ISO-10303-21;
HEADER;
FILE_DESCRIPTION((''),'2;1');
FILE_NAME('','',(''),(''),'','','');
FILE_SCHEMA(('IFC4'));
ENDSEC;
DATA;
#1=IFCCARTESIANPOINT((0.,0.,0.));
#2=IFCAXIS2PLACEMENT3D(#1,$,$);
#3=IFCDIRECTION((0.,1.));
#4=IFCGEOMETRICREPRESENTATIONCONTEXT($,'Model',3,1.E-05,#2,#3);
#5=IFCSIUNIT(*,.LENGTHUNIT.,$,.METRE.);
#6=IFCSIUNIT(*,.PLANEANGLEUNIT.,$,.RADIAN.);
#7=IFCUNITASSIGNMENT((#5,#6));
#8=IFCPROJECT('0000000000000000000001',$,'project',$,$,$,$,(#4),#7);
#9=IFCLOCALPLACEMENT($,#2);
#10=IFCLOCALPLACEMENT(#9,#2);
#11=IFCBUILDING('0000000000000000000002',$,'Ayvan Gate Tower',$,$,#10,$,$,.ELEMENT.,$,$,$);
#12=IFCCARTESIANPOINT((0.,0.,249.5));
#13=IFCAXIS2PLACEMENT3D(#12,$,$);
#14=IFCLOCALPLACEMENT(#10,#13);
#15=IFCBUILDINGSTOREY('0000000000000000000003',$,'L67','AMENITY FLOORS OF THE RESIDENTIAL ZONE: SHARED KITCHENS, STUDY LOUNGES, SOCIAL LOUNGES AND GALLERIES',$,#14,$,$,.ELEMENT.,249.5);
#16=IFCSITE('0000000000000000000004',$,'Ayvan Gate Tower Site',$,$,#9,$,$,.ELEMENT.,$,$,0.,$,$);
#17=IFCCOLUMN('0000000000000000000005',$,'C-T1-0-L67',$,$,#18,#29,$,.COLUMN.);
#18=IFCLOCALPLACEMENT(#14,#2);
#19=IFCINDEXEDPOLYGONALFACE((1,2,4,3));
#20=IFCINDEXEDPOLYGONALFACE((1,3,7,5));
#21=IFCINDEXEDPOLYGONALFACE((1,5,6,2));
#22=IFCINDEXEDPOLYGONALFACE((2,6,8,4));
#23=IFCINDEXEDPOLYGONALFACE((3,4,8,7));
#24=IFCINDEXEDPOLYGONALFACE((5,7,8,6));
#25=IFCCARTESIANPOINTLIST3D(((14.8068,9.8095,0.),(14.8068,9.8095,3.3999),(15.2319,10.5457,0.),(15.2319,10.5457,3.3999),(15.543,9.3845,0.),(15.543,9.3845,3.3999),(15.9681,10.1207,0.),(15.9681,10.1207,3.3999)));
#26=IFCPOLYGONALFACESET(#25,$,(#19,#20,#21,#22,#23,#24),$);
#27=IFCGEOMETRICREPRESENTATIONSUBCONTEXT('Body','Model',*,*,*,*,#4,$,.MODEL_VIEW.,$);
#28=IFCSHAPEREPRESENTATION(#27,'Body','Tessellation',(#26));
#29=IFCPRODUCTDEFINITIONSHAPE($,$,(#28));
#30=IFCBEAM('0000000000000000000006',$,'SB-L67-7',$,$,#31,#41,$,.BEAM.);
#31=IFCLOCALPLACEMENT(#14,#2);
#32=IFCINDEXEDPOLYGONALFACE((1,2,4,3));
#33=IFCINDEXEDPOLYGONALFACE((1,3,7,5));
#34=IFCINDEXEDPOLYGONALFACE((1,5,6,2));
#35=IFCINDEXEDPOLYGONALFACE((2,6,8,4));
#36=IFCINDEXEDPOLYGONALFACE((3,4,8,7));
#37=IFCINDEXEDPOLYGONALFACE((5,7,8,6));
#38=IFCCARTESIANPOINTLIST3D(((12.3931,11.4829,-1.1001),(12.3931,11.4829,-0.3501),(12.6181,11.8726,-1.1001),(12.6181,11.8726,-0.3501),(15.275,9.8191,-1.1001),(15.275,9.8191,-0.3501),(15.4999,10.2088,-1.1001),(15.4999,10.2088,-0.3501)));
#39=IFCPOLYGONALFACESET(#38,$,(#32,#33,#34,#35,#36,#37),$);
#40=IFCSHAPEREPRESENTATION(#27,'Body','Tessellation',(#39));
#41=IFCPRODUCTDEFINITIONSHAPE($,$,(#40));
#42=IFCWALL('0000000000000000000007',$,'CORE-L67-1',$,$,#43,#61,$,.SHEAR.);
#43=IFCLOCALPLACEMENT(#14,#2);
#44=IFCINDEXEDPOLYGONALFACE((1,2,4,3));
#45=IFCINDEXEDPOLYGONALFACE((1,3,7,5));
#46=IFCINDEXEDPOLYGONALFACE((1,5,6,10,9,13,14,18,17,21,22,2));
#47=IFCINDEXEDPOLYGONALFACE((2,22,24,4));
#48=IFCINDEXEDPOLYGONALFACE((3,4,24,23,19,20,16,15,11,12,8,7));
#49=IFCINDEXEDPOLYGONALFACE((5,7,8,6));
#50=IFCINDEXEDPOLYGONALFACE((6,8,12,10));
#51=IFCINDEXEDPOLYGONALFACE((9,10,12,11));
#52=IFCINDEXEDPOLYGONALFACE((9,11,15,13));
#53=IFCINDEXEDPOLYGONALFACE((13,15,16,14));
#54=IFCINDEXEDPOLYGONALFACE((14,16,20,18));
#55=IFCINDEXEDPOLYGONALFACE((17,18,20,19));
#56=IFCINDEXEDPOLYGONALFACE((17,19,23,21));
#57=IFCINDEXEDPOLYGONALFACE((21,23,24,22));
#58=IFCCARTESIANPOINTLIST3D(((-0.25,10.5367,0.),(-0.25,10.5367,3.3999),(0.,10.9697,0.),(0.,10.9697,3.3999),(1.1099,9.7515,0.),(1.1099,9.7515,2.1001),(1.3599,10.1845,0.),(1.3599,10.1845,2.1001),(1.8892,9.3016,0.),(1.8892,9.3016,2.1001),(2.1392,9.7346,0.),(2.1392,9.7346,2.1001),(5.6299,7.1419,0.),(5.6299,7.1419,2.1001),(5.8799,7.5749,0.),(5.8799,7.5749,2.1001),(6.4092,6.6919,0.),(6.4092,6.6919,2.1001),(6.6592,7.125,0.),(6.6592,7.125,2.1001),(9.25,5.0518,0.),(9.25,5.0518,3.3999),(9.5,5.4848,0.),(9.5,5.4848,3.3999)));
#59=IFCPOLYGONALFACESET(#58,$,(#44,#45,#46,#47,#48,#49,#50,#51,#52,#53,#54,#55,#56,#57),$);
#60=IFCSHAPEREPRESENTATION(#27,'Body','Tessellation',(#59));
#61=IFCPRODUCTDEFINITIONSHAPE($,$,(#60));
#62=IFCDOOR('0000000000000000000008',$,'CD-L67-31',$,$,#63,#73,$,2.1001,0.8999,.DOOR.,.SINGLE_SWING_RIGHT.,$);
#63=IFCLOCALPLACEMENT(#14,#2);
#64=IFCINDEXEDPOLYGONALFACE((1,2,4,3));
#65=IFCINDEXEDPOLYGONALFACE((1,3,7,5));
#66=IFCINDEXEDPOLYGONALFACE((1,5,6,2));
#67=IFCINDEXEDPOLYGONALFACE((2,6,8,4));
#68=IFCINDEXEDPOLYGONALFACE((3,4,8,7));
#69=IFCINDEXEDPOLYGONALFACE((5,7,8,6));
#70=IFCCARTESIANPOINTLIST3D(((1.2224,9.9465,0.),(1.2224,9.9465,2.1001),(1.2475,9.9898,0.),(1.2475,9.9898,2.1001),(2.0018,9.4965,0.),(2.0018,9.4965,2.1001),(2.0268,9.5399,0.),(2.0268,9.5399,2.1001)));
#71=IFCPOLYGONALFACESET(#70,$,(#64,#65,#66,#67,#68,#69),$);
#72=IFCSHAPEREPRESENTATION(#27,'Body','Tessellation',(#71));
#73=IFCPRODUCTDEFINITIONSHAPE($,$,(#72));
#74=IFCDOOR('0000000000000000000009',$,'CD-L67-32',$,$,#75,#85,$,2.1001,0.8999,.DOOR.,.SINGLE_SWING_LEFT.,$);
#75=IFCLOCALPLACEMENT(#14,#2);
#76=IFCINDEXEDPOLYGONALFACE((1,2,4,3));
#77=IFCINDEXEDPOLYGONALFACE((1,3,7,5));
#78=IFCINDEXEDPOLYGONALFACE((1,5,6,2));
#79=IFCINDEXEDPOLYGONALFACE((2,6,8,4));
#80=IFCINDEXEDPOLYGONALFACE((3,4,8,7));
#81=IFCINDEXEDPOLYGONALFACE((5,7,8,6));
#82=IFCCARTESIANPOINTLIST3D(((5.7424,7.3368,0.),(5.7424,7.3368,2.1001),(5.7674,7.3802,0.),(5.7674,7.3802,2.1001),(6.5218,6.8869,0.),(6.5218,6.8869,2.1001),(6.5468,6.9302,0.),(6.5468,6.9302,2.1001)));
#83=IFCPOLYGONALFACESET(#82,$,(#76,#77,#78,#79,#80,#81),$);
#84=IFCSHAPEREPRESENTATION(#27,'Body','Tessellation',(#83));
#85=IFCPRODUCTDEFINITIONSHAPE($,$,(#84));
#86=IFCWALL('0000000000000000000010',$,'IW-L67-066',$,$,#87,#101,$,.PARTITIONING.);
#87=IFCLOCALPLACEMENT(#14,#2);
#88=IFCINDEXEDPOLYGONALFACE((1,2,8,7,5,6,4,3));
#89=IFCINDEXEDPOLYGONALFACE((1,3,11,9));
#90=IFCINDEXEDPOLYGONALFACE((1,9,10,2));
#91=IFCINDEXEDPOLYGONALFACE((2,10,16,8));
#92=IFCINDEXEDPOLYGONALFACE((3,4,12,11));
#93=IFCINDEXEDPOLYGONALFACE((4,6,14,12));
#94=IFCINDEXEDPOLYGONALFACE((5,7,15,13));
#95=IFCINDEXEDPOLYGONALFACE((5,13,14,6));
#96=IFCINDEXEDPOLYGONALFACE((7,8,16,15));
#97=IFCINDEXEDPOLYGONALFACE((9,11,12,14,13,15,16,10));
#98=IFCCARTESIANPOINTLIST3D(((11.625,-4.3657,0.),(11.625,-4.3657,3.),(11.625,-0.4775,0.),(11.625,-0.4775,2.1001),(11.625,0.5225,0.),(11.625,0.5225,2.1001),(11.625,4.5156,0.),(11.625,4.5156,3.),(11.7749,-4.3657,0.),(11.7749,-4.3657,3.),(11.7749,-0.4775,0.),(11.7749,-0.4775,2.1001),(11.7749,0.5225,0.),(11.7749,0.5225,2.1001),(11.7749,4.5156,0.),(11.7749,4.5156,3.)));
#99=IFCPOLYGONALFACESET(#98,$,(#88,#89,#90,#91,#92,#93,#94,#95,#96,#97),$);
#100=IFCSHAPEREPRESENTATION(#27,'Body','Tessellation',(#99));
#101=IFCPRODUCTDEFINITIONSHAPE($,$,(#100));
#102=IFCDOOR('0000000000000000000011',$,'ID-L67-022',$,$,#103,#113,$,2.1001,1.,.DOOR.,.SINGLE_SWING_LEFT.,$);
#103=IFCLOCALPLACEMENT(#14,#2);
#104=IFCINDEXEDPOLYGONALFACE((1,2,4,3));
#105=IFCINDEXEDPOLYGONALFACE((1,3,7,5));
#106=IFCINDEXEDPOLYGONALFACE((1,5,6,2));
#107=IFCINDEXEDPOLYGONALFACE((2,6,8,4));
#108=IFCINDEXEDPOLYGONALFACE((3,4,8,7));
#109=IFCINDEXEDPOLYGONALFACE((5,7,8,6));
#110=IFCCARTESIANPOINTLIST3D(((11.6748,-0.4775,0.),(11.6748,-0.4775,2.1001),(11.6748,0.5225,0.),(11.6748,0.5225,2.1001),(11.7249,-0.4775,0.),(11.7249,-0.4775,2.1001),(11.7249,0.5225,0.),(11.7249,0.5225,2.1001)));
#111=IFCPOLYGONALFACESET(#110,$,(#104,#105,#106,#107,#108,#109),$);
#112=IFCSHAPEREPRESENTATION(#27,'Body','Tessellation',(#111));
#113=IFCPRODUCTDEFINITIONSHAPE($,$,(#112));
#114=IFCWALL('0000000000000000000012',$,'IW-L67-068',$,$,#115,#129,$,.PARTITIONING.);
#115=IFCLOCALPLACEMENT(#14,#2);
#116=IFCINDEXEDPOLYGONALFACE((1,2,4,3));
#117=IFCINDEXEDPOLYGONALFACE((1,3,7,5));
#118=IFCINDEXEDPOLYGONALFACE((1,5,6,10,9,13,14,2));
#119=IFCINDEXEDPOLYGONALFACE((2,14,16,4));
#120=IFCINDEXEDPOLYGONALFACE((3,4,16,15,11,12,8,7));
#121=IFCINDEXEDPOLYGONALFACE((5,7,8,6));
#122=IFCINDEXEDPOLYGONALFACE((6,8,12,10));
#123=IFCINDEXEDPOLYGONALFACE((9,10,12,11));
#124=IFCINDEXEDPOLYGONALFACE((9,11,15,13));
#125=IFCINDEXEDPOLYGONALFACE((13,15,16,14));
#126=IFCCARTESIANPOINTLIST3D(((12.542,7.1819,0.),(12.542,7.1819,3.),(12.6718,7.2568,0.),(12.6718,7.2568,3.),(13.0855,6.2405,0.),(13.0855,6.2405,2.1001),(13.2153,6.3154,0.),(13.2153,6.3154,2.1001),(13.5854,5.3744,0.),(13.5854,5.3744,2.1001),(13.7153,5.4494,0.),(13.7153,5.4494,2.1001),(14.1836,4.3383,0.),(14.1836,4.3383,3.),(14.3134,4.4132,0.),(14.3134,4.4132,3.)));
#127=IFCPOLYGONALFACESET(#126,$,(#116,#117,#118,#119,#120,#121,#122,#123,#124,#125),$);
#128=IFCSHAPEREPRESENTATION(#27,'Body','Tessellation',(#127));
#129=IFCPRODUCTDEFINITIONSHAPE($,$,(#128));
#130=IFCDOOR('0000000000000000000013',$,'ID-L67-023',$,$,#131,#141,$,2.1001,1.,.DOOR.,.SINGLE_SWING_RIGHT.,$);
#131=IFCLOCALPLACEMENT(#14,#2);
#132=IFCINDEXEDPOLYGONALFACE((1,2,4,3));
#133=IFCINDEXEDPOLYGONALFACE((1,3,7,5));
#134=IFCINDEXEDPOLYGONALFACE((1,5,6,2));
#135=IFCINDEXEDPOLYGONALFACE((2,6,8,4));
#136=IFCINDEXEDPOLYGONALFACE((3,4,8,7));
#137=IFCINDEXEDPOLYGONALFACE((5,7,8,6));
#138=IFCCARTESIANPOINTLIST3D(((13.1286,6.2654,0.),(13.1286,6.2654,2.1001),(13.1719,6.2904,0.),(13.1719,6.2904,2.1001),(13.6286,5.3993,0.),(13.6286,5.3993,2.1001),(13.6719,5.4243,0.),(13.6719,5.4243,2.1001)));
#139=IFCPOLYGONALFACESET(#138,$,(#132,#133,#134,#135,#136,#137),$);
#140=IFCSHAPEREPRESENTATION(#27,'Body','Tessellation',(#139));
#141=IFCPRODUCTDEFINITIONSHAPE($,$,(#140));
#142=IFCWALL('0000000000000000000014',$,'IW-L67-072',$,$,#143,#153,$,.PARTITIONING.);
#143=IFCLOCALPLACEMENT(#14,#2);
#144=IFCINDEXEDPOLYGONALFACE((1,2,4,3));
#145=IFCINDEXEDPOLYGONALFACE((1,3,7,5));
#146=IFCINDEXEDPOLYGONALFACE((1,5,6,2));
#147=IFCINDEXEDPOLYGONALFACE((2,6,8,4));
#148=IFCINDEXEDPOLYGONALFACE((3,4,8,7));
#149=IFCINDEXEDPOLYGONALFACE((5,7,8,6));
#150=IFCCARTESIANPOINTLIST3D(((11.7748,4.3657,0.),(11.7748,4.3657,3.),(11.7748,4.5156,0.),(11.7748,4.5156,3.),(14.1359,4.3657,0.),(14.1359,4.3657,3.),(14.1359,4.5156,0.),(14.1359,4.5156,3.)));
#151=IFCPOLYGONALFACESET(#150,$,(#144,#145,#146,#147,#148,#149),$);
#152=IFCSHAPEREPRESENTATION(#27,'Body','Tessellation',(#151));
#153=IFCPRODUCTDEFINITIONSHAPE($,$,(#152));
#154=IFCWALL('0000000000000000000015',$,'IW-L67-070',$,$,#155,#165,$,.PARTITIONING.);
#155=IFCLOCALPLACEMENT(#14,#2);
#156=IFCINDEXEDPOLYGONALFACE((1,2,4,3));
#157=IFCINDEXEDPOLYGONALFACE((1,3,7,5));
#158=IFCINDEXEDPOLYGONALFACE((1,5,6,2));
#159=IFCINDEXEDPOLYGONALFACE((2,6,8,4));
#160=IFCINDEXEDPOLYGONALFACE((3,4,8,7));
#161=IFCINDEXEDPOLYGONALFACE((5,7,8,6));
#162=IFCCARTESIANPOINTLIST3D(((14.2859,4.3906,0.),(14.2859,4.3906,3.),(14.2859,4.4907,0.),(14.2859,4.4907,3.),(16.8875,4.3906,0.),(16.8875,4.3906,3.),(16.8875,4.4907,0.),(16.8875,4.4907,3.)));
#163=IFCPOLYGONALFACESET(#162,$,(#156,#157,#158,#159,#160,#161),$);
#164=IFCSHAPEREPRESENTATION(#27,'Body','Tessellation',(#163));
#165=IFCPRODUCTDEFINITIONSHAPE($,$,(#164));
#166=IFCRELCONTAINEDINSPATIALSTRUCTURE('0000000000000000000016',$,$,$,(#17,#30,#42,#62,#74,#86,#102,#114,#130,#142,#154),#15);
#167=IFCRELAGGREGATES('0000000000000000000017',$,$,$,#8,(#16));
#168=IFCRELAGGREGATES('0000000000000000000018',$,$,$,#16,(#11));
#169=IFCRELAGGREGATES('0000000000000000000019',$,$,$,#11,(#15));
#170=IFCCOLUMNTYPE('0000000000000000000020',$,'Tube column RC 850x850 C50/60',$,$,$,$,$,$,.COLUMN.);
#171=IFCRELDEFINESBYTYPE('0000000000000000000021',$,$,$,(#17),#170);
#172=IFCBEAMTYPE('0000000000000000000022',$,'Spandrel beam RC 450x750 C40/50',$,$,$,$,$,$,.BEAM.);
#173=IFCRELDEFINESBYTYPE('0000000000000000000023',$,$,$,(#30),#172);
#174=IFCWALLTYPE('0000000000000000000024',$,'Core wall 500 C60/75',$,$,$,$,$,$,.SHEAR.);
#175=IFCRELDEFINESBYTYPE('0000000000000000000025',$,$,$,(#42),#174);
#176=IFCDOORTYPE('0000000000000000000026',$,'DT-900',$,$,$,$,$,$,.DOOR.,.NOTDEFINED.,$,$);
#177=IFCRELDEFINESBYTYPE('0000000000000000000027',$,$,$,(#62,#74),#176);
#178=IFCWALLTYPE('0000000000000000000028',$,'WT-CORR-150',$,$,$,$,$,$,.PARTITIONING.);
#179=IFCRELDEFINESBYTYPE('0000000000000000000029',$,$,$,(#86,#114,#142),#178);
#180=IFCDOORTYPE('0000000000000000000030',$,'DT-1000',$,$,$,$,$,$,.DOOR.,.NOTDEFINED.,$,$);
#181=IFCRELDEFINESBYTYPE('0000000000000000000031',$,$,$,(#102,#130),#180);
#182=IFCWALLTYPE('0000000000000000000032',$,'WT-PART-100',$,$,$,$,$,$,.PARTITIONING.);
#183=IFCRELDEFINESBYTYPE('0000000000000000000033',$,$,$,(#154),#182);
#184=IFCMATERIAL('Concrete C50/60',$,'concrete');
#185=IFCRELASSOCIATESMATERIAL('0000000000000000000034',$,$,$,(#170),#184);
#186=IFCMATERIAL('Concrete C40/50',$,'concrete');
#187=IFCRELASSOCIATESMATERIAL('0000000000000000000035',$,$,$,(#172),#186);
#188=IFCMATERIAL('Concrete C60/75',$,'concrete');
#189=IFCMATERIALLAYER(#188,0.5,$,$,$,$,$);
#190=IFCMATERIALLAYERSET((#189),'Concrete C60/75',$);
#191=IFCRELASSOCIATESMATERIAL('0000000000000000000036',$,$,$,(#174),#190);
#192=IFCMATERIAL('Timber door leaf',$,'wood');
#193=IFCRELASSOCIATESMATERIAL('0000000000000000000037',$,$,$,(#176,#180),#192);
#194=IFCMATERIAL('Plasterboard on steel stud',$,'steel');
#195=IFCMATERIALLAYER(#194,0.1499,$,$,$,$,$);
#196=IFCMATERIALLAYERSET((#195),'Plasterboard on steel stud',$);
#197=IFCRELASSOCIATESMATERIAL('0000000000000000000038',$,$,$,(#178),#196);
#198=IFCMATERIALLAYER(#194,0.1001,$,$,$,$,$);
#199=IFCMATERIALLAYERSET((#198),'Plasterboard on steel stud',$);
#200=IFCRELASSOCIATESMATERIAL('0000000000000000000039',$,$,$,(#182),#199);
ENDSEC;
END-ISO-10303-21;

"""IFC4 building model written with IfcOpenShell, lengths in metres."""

from ifc_helpers import new_model, si_unit, direction, frame, frame_2d, origin, origin_2d, place, context, subcontext, project, spatial, rectangle, extrude, material, layer, layer_set, material_profile, profile_set, type_object, element, fill, save


model = new_model("IFC4")

# Units and contexts
model_context = context("Model", 3, precision=1e-05, world=origin(), true_north=direction((0.0, 1.0)))
body_context = subcontext(model_context, "Body", "Model", "MODEL_VIEW")
ifc_project = project(units=[si_unit("LENGTHUNIT", "METRE"), si_unit("PLANEANGLEUNIT", "RADIAN")], contexts=[model_context])

# Site, building, storey
site_placement = place(None, origin())
site = spatial("IfcSite", under=ifc_project, at=site_placement, Name="Ayvan Gate Tower Site", CompositionType="ELEMENT", RefElevation=0.0)
building_placement = place(site_placement, origin())
building = spatial("IfcBuilding", under=site, at=building_placement, Name="Ayvan Gate Tower", CompositionType="ELEMENT")
storey_placement = place(building_placement, frame((0.0, 0.0, 249.5)))
storey = spatial("IfcBuildingStorey", under=building, at=storey_placement, Name="L67", Description="AMENITY FLOORS OF THE RESIDENTIAL ZONE: SHARED KITCHENS, STUDY LOUNGES, SOCIAL LOUNGES AND GALLERIES", CompositionType="ELEMENT", Elevation=249.5)

# Column
ifc_material_1 = material(Name="Concrete C50/60", Category="concrete")
ifc_material_profile_1 = material_profile(ifc_material_1, rectangle(XDim=0.8501, YDim=0.8501, at=origin_2d()), Name="RC 850x850")
ifc_profile_set_1 = profile_set([ifc_material_profile_1], Name="Concrete C50/60")
column_type = type_object("IfcColumnType", Name="Tube column RC 850x850 C50/60", PredefinedType="COLUMN", material=ifc_profile_set_1)
column_placement = place(storey_placement, frame((15.3875, 9.9651, 0.0), z_axis=(0.0, 0.0, 1.0), x_axis=(0.5, 0.866025, 0.0)))
element("IfcColumn", 1, at=column_placement, inside=storey, type_object=column_type, Name="C-T1-0-L67", PredefinedType="COLUMN", context=body_context, shape_type="SweptSolid", body=[
    extrude(rectangle(XDim=0.8501, YDim=0.8501, at=origin_2d()), origin(), (0.0, 0.0, 1.0), 3.3999),
])

# Beam
ifc_material_2 = material(Name="Concrete C40/50", Category="concrete")
ifc_material_profile_2 = material_profile(ifc_material_2, rectangle(XDim=0.45, YDim=0.75, at=origin_2d()), Name="RC 450x750")
ifc_profile_set_2 = profile_set([ifc_material_profile_2], Name="Concrete C40/50")
beam_type = type_object("IfcBeamType", Name="Spandrel beam RC 450x750 C40/50", PredefinedType="BEAM", material=ifc_profile_set_2)
beam_placement = place(storey_placement, frame((15.3875, 10.0139, -0.7251), z_axis=(-0.866027, 0.499998, 0.0), x_axis=(-0.499998, -0.866027, 0.0)))
element("IfcBeam", 2, at=beam_placement, inside=storey, type_object=beam_type, Name="SB-L67-7", PredefinedType="BEAM", context=body_context, shape_type="SweptSolid", body=[
    extrude(rectangle(XDim=0.45, YDim=0.75, at=origin_2d()), origin(), (0.0, 0.0, 1.0), 3.3276),
])

# Wall, openings, doors
ifc_material_3 = material(Name="Concrete C60/75", Category="concrete")
ifc_layer_1 = layer(ifc_material_3, 0.5)
ifc_layer_set_1 = layer_set([ifc_layer_1], Name="Concrete C60/75")
wall_type_1 = type_object("IfcWallType", Name="Core wall 500 C60/75", PredefinedType="SHEAR", material=ifc_layer_set_1)
wall_1_placement = place(storey_placement, frame((9.375, 5.2683, 0.0), z_axis=(0.0, 0.0, 1.0), x_axis=(-0.866024, 0.500002, 0.0)))
wall_1 = element("IfcWall", 3, at=wall_1_placement, inside=storey, type_object=wall_type_1, Name="CORE-L67-1", PredefinedType="SHEAR", context=body_context, shape_type="SweptSolid", body=[
    extrude(rectangle(XDim=10.9697, YDim=0.5, at=frame_2d((5.4849, 0.0))), origin(), (0.0, 0.0, 1.0), 3.3999),
])
opening_1_placement = place(wall_1_placement, frame((8.4995, 0.0, 0.0)))
opening_1 = element("IfcOpeningElement", 4, at=opening_1_placement, cuts=wall_1, PredefinedType="OPENING", context=body_context, shape_type="SweptSolid", body=[
    extrude(rectangle(XDim=0.8999, YDim=2.1001, at=frame_2d((0.45, 1.05))), frame((0.0, 0.26, 0.0), z_axis=(0.0, -1.0, 0.0), x_axis=(1.0, 0.0, 0.0)), (0.0, 0.0, 1.0), 0.52),
])
opening_2_placement = place(wall_1_placement, frame((3.2803, 0.0, 0.0)))
opening_2 = element("IfcOpeningElement", 5, at=opening_2_placement, cuts=wall_1, PredefinedType="OPENING", context=body_context, shape_type="SweptSolid", body=[
    extrude(rectangle(XDim=0.8999, YDim=2.1001, at=frame_2d((0.45, 1.05))), frame((0.0, 0.26, 0.0), z_axis=(0.0, -1.0, 0.0), x_axis=(1.0, 0.0, 0.0)), (0.0, 0.0, 1.0), 0.52),
])
ifc_material_4 = material(Name="Timber door leaf", Category="wood")
door_type_1 = type_object("IfcDoorType", Name="DT-900", OperationType="NOTDEFINED", PredefinedType="DOOR", material=ifc_material_4)
door_1_placement = place(opening_1_placement, origin())
door_1 = element("IfcDoor", 6, at=door_1_placement, inside=storey, type_object=door_type_1, Name="CD-L67-31", OperationType="SINGLE_SWING_RIGHT", OverallHeight=2.1001, OverallWidth=0.8999, PredefinedType="DOOR", context=body_context, shape_type="SweptSolid", body=[
    extrude(rectangle(XDim=0.8999, YDim=2.1001, at=frame_2d((0.45, 1.05))), frame((0.0, 0.0249, 0.0), z_axis=(0.0, -1.0, 0.0), x_axis=(1.0, 0.0, 0.0)), (0.0, 0.0, 1.0), 0.05),
])
fill(opening_1, door_1)
door_2_placement = place(opening_2_placement, origin())
door_2 = element("IfcDoor", 7, at=door_2_placement, inside=storey, type_object=door_type_1, Name="CD-L67-32", OperationType="SINGLE_SWING_LEFT", OverallHeight=2.1001, OverallWidth=0.8999, PredefinedType="DOOR", context=body_context, shape_type="SweptSolid", body=[
    extrude(rectangle(XDim=0.8999, YDim=2.1001, at=frame_2d((0.45, 1.05))), frame((0.0, 0.0249, 0.0), z_axis=(0.0, -1.0, 0.0), x_axis=(1.0, 0.0, 0.0)), (0.0, 0.0, 1.0), 0.05),
])
fill(opening_2, door_2)

# Walls, openings, doors
ifc_material_5 = material(Name="Plasterboard on steel stud", Category="steel")
ifc_layer_2 = layer(ifc_material_5, 0.1499)
ifc_layer_set_2 = layer_set([ifc_layer_2], Name="Plasterboard on steel stud")
wall_type_2 = type_object("IfcWallType", Name="WT-CORR-150", PredefinedType="PARTITIONING", material=ifc_layer_set_2)
wall_2_placement = place(storey_placement, frame((11.7, 4.5156, 0.0), z_axis=(0.0, 0.0, 1.0), x_axis=(0.0, -1.0, 0.0)))
wall_2 = element("IfcWall", 8, at=wall_2_placement, inside=storey, type_object=wall_type_2, Name="IW-L67-066", PredefinedType="PARTITIONING", context=body_context, shape_type="SweptSolid", body=[
    extrude(rectangle(XDim=8.8813, YDim=0.1499, at=frame_2d((4.4407, 0.0))), origin(), (0.0, 0.0, 1.0), 3.0),
])
opening_3_placement = place(wall_2_placement, frame((3.9932, 0.0, 0.0)))
opening_3 = element("IfcOpeningElement", 9, at=opening_3_placement, cuts=wall_2, PredefinedType="OPENING", context=body_context, shape_type="SweptSolid", body=[
    extrude(rectangle(XDim=1.0, YDim=2.1001, at=frame_2d((0.5, 1.05))), frame((0.0, 0.085, 0.0), z_axis=(0.0, -1.0, 0.0), x_axis=(1.0, 0.0, 0.0)), (0.0, 0.0, 1.0), 0.1699),
])
door_type_2 = type_object("IfcDoorType", Name="DT-1000", OperationType="NOTDEFINED", PredefinedType="DOOR", material=ifc_material_4)
door_3_placement = place(opening_3_placement, origin())
door_3 = element("IfcDoor", 10, at=door_3_placement, inside=storey, type_object=door_type_2, Name="ID-L67-022", OperationType="SINGLE_SWING_LEFT", OverallHeight=2.1001, OverallWidth=1.0, PredefinedType="DOOR", context=body_context, shape_type="SweptSolid", body=[
    extrude(rectangle(XDim=1.0, YDim=2.1001, at=frame_2d((0.5, 1.05))), frame((0.0, 0.0249, 0.0), z_axis=(0.0, -1.0, 0.0), x_axis=(1.0, 0.0, 0.0)), (0.0, 0.0, 1.0), 0.05),
])
fill(opening_3, door_3)
wall_3_placement = place(storey_placement, frame((12.6069, 7.2192, 0.0), z_axis=(0.0, 0.0, 1.0), x_axis=(0.499978, -0.866038, 0.0)))
wall_3 = element("IfcWall", 11, at=wall_3_placement, inside=storey, type_object=wall_type_2, Name="IW-L67-068", PredefinedType="PARTITIONING", context=body_context, shape_type="SweptSolid", body=[
    extrude(rectangle(XDim=3.2834, YDim=0.1499, at=frame_2d((1.6416, 0.0))), origin(), (0.0, 0.0, 1.0), 3.0),
])
opening_4_placement = place(wall_3_placement, frame((1.0869, 0.0, 0.0)))
opening_4 = element("IfcOpeningElement", 12, at=opening_4_placement, cuts=wall_3, PredefinedType="OPENING", context=body_context, shape_type="SweptSolid", body=[
    extrude(rectangle(XDim=1.0, YDim=2.1001, at=frame_2d((0.5, 1.05))), frame((0.0, 0.085, 0.0), z_axis=(0.0, -1.0, 0.0), x_axis=(1.0, 0.0, 0.0)), (0.0, 0.0, 1.0), 0.1699),
])
door_4_placement = place(opening_4_placement, origin())
door_4 = element("IfcDoor", 13, at=door_4_placement, inside=storey, type_object=door_type_2, Name="ID-L67-023", OperationType="SINGLE_SWING_RIGHT", OverallHeight=2.1001, OverallWidth=1.0, PredefinedType="DOOR", context=body_context, shape_type="SweptSolid", body=[
    extrude(rectangle(XDim=1.0, YDim=2.1001, at=frame_2d((0.5, 1.05))), frame((0.0, 0.0249, 0.0), z_axis=(0.0, -1.0, 0.0), x_axis=(1.0, 0.0, 0.0)), (0.0, 0.0, 1.0), 0.05),
])
fill(opening_4, door_4)

# Walls
wall_4_placement = place(storey_placement, frame((14.136, 4.4407, 0.0), z_axis=(0.0, 0.0, 1.0), x_axis=(-1.0, 0.0, 0.0)))
element("IfcWall", 14, at=wall_4_placement, inside=storey, type_object=wall_type_2, Name="IW-L67-072", PredefinedType="PARTITIONING", context=body_context, shape_type="SweptSolid", body=[
    extrude(rectangle(XDim=2.3611, YDim=0.1499, at=frame_2d((1.1807, 0.0))), origin(), (0.0, 0.0, 1.0), 3.0),
])
ifc_layer_3 = layer(ifc_material_5, 0.1001)
ifc_layer_set_3 = layer_set([ifc_layer_3], Name="Plasterboard on steel stud")
wall_type_3 = type_object("IfcWallType", Name="WT-PART-100", PredefinedType="PARTITIONING", material=ifc_layer_set_3)
wall_5_placement = place(storey_placement, frame((14.2859, 4.4407, 0.0), z_axis=(0.0, 0.0, 1.0), x_axis=(1.0, 0.0, 0.0)))
element("IfcWall", 15, at=wall_5_placement, inside=storey, type_object=wall_type_3, Name="IW-L67-070", PredefinedType="PARTITIONING", context=body_context, shape_type="SweptSolid", body=[
    extrude(rectangle(XDim=2.6016, YDim=0.1001, at=frame_2d((1.3008, 0.0))), origin(), (0.0, 0.0, 1.0), 3.0),
])

save(model, "model.ifc")
